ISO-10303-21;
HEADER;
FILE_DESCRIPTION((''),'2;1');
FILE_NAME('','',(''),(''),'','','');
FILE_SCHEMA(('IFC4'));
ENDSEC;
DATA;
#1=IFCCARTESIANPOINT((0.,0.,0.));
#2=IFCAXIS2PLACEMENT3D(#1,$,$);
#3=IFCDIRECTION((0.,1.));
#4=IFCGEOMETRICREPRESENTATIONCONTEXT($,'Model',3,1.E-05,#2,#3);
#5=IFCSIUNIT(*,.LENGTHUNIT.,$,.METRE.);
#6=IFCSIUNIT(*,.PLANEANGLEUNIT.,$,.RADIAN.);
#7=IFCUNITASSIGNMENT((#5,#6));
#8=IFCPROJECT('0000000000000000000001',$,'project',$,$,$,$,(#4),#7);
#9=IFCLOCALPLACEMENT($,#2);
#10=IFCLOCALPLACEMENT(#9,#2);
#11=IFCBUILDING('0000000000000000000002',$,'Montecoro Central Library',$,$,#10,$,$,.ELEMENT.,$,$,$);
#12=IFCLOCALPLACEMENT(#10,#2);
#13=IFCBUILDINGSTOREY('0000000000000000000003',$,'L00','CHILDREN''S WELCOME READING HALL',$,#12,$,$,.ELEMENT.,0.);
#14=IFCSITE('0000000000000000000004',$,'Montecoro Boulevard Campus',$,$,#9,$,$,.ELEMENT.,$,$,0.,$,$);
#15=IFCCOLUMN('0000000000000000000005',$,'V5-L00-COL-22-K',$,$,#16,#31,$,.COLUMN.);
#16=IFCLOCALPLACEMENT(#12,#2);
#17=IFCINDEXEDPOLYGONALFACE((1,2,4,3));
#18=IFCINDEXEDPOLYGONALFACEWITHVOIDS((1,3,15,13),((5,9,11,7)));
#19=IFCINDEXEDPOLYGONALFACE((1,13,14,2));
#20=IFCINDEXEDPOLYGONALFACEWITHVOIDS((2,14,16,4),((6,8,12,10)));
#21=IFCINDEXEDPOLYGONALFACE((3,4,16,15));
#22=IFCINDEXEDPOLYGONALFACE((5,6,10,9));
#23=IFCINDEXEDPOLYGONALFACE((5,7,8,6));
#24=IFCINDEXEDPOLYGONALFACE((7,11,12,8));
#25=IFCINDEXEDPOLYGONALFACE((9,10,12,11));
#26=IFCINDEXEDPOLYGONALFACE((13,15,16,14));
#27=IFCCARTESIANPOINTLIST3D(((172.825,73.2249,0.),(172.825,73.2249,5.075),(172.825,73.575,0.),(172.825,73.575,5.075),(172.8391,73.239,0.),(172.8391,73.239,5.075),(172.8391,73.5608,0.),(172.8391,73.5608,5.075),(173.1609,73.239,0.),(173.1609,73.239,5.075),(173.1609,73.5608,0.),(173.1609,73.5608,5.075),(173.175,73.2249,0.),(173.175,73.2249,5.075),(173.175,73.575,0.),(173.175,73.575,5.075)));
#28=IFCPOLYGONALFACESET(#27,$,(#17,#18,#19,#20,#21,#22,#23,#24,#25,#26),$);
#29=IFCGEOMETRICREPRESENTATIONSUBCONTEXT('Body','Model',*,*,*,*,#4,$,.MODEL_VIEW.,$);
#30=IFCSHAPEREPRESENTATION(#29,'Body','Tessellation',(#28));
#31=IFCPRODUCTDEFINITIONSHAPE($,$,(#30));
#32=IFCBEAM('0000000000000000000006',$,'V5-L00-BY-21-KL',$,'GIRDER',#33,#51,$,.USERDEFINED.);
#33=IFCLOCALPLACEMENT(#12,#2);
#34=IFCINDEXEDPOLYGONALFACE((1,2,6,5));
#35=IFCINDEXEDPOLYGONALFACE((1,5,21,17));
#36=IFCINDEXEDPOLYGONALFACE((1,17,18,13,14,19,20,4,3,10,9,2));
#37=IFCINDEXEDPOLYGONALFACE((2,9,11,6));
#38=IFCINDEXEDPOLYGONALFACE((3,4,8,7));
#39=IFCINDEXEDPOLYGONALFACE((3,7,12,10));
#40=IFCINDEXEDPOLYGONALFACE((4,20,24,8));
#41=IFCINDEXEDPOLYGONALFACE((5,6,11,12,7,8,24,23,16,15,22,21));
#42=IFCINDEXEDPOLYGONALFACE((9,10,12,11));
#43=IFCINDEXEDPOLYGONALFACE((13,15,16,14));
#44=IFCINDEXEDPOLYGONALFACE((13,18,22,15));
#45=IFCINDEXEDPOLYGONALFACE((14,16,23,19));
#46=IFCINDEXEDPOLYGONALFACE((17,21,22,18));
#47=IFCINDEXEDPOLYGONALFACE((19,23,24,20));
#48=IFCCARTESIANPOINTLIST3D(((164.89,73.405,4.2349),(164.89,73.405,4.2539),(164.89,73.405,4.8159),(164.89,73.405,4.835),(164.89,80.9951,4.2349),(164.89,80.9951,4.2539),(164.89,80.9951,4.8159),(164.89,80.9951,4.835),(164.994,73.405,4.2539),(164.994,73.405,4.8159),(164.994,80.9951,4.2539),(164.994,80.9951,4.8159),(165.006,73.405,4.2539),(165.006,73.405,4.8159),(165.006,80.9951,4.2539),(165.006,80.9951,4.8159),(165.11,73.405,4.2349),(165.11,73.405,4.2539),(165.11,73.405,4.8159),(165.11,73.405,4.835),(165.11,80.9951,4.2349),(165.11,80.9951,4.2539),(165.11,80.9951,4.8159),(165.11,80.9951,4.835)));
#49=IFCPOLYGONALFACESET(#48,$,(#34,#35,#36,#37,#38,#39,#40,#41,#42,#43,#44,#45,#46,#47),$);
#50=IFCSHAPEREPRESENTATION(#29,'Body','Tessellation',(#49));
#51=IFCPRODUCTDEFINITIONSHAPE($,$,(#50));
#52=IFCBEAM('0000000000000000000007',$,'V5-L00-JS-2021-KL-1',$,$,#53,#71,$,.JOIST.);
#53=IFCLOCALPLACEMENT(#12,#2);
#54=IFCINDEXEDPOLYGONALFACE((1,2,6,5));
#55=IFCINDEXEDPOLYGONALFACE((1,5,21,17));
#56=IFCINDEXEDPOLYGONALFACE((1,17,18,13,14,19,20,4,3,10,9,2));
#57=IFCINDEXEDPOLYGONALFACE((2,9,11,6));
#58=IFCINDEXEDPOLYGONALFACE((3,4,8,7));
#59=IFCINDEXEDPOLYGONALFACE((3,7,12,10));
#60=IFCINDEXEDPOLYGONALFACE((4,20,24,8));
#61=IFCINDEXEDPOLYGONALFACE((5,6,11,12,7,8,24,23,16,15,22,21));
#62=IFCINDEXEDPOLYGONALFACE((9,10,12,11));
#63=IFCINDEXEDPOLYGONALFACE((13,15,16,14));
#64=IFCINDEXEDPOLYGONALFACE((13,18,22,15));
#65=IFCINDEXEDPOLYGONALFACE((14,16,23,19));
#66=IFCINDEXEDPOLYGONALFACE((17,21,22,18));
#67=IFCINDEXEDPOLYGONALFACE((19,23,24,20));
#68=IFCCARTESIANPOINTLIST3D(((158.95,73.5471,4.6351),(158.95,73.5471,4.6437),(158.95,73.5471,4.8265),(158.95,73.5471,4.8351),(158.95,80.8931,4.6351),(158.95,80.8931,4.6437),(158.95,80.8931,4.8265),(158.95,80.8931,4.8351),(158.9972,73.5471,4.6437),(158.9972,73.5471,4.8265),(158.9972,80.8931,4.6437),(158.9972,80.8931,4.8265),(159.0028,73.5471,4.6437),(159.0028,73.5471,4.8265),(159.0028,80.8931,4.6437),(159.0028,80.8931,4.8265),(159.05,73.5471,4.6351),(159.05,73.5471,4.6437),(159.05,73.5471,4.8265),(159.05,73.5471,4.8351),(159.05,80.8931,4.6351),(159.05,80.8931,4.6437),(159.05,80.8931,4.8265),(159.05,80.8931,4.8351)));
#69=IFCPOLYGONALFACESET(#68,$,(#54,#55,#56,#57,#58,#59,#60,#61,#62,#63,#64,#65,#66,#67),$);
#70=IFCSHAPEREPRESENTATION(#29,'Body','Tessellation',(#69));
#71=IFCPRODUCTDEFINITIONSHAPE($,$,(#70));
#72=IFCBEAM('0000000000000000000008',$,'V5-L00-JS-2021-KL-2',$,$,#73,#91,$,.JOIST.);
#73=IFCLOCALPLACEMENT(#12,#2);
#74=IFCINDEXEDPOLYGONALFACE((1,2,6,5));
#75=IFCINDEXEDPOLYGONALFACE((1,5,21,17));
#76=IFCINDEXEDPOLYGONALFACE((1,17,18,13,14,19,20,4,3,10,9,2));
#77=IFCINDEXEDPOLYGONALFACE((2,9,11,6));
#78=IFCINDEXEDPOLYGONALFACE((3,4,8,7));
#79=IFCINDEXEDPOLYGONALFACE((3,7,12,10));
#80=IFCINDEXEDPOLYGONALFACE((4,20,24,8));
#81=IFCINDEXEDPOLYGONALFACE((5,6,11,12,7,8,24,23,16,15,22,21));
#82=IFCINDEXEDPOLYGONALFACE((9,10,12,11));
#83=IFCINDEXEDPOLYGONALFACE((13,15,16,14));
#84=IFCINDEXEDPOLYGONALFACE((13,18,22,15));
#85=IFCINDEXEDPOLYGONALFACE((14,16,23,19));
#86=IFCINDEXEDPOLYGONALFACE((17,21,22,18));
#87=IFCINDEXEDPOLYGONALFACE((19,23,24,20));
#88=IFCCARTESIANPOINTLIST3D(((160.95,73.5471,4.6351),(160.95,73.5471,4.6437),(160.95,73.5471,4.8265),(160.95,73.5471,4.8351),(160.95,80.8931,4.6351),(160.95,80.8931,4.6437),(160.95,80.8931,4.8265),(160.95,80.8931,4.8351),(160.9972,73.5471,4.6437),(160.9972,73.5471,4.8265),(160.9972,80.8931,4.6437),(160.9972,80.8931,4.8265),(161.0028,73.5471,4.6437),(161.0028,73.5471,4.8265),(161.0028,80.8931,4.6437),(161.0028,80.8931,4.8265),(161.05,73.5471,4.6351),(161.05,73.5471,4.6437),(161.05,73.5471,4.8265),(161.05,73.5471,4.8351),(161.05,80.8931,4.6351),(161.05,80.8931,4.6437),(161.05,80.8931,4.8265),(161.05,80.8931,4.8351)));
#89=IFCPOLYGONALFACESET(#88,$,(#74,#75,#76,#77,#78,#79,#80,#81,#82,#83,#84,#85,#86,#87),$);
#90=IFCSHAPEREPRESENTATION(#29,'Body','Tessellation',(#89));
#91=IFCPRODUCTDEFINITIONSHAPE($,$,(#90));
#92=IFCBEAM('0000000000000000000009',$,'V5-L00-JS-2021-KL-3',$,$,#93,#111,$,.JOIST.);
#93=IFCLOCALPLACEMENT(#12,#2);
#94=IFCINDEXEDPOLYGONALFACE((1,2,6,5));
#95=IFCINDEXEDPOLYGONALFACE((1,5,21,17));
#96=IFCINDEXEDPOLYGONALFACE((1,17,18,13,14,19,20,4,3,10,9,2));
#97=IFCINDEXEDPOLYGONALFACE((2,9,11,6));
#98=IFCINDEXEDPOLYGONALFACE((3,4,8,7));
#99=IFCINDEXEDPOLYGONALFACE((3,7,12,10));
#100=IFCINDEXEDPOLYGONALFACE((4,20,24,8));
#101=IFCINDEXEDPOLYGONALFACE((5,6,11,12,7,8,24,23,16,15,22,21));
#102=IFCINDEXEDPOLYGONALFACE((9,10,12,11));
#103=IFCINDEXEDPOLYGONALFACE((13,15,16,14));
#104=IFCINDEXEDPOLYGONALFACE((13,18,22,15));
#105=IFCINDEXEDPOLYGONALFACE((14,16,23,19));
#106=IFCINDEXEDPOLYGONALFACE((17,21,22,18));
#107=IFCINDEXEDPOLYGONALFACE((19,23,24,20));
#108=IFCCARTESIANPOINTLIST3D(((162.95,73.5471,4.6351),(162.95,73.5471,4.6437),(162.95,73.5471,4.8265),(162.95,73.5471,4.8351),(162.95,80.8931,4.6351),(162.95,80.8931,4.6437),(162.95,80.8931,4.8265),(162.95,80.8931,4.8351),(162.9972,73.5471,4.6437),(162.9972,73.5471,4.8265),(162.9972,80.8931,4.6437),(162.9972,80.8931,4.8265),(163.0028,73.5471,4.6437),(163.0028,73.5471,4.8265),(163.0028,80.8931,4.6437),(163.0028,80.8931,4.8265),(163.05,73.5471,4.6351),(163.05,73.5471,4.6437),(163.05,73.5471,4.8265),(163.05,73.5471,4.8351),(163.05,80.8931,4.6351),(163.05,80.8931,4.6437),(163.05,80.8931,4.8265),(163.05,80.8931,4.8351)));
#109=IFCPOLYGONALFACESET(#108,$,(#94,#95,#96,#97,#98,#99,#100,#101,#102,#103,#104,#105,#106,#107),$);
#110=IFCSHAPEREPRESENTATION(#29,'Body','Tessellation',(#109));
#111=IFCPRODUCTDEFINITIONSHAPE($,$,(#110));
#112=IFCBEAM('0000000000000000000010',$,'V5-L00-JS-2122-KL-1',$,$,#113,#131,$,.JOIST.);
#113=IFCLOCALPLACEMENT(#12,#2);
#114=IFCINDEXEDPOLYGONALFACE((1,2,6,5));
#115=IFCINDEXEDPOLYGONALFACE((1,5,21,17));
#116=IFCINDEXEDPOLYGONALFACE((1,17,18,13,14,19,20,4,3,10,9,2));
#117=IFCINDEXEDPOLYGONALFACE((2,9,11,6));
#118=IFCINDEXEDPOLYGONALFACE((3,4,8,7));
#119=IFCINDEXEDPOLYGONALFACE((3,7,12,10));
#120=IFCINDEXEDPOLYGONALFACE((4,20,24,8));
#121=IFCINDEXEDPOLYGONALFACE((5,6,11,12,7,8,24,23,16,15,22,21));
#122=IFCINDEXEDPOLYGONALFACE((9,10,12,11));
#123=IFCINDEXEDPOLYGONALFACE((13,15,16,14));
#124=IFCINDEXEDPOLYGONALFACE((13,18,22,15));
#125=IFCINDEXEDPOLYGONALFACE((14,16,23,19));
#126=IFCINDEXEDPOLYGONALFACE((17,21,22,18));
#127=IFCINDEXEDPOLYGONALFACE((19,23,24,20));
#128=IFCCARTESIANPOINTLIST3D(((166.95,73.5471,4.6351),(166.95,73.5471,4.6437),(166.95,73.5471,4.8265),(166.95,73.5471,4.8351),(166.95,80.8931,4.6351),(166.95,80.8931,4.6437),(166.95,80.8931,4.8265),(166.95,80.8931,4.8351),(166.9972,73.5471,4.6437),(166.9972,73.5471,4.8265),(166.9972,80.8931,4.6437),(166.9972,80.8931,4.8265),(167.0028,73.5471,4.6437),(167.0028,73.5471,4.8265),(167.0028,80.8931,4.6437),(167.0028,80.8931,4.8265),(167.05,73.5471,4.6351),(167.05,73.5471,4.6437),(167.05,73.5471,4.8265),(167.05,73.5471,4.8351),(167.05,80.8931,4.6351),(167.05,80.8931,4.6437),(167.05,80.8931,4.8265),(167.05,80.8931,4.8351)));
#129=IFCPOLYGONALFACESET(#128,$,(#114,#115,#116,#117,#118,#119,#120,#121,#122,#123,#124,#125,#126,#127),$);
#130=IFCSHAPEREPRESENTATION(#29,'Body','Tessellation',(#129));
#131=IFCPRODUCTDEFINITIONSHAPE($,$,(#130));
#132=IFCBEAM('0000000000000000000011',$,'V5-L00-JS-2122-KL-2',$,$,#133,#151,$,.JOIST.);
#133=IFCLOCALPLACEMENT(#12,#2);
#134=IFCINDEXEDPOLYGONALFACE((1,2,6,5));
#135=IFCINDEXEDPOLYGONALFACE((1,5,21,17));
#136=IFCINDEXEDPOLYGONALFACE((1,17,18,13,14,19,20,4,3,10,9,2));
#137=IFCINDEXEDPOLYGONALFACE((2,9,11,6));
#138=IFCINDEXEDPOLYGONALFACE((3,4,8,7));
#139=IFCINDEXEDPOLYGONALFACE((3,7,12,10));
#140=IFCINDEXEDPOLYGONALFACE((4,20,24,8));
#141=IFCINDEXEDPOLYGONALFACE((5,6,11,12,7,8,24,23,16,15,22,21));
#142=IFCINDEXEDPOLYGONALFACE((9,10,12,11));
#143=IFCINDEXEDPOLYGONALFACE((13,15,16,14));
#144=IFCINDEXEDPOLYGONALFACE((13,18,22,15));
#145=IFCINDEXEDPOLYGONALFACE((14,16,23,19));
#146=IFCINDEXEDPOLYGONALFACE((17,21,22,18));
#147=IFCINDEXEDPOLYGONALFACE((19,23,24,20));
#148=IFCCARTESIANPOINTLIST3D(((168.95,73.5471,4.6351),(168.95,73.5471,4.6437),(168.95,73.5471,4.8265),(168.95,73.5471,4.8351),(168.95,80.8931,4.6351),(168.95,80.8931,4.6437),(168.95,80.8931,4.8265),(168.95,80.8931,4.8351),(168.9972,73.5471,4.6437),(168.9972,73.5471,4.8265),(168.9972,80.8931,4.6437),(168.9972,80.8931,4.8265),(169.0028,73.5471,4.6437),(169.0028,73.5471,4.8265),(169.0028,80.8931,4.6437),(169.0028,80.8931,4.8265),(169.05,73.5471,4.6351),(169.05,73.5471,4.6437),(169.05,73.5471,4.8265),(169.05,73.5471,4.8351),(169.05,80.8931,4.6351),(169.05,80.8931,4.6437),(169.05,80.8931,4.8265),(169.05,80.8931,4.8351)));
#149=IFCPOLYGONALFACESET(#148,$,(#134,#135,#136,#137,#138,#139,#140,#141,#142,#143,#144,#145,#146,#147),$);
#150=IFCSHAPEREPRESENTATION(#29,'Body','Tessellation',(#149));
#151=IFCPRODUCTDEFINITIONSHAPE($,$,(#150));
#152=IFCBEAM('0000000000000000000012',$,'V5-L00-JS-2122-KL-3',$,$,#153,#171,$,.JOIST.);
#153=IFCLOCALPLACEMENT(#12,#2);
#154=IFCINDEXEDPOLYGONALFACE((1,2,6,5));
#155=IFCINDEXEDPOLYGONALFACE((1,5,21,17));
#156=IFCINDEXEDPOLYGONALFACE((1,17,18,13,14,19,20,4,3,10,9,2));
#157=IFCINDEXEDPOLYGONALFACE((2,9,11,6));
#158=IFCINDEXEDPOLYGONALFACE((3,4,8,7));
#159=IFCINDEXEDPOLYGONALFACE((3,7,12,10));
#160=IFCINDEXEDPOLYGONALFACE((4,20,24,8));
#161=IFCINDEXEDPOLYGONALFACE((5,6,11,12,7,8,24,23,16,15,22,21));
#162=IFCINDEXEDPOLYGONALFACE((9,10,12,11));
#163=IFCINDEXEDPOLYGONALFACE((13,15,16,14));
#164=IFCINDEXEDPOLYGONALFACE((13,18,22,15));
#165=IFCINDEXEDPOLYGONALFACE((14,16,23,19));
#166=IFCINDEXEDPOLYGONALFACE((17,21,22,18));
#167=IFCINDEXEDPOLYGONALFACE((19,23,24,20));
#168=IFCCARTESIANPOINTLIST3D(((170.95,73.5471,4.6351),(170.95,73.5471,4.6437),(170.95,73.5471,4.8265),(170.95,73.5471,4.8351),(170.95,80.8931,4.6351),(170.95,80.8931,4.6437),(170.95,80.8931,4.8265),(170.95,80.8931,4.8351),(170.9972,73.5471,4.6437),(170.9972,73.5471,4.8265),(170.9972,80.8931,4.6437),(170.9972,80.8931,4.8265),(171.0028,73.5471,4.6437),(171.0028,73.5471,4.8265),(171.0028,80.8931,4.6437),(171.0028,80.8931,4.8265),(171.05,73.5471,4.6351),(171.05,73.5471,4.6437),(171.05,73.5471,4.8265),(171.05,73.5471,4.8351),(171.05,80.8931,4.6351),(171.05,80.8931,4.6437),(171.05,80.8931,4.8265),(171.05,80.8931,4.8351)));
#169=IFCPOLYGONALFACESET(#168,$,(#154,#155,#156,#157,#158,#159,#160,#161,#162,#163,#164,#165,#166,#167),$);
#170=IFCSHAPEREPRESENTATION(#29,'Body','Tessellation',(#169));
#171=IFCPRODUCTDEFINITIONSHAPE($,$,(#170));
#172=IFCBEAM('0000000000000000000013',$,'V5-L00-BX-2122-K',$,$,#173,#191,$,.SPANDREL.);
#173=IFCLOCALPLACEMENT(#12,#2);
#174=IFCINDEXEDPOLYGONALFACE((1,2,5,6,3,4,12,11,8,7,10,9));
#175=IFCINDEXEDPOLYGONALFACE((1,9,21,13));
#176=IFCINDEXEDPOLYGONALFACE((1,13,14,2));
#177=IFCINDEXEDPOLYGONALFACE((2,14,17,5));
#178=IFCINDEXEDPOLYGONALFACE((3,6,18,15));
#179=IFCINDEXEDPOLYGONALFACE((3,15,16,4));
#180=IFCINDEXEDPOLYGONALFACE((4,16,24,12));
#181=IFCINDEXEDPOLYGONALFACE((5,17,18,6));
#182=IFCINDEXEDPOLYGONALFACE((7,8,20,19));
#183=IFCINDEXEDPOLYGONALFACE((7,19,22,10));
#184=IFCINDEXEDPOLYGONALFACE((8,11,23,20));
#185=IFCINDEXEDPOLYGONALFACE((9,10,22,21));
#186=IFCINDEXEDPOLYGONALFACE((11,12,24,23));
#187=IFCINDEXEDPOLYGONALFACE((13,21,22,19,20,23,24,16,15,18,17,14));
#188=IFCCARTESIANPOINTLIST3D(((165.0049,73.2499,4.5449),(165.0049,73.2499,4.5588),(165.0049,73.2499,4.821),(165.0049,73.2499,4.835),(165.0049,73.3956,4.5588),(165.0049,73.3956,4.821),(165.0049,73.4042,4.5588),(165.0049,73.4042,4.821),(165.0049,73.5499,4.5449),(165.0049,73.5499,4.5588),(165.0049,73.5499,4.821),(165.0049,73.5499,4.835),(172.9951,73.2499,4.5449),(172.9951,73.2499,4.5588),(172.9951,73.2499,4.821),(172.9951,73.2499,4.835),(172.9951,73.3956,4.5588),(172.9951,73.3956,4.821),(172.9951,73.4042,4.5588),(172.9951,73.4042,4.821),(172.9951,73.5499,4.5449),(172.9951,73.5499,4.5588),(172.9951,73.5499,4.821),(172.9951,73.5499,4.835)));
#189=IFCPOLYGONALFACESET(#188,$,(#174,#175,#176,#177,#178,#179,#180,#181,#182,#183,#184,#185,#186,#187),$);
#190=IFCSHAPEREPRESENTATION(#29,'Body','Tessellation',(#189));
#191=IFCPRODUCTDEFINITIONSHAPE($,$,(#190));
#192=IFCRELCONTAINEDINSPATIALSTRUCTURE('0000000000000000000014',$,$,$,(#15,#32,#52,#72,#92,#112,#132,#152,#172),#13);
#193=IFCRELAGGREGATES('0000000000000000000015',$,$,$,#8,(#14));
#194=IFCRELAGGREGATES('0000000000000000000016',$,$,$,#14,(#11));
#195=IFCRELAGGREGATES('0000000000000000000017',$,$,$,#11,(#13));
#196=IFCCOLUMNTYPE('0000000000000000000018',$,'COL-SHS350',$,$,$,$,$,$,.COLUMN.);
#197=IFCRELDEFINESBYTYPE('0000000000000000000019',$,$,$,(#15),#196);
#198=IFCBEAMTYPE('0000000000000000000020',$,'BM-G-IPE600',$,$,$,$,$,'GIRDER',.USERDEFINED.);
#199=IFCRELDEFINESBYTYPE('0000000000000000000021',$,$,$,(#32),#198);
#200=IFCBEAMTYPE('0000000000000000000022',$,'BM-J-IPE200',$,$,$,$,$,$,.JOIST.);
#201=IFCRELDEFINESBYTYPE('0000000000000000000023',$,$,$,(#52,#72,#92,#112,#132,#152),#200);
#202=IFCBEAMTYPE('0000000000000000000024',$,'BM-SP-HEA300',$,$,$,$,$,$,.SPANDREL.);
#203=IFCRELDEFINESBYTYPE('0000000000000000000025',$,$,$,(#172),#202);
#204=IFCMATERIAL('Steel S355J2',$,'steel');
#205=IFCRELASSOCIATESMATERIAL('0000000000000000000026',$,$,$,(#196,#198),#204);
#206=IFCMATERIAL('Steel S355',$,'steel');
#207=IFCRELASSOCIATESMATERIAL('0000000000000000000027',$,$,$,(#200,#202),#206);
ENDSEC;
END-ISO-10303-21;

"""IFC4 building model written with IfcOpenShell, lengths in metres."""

from ifc_helpers import new_model, si_unit, direction, frame, origin, origin_2d, place, context, subcontext, project, spatial, hollow_rectangle, i_section, extrude, material, material_profile, profile_set, type_object, element, save


model = new_model("IFC4")

# Units and contexts
model_context = context("Model", 3, precision=1e-05, world=origin(), true_north=direction((0.0, 1.0)))
body_context = subcontext(model_context, "Body", "Model", "MODEL_VIEW")
ifc_project = project(units=[si_unit("LENGTHUNIT", "METRE"), si_unit("PLANEANGLEUNIT", "RADIAN")], contexts=[model_context])

# Site, building, storey
site_placement = place(None, origin())
site = spatial("IfcSite", under=ifc_project, at=site_placement, Name="Montecoro Boulevard Campus", CompositionType="ELEMENT", RefElevation=0.0)
building_placement = place(site_placement, origin())
building = spatial("IfcBuilding", under=site, at=building_placement, Name="Montecoro Central Library", CompositionType="ELEMENT")
storey_placement = place(building_placement, origin())
storey = spatial("IfcBuildingStorey", under=building, at=storey_placement, Name="L00", Description="CHILDREN'S WELCOME READING HALL", CompositionType="ELEMENT", Elevation=0.0)

# Column
ifc_material_1 = material(Name="Steel S355", Category="steel")
ifc_material_2 = material(Name="Steel S355J2", Category="steel")
ifc_material_profile_1 = material_profile(ifc_material_2, hollow_rectangle(XDim=0.3501, YDim=0.3501, WallThickness=0.0142, at=origin_2d()), Name="SHS 350x350x14.2")
ifc_profile_set_1 = profile_set([ifc_material_profile_1], Name="Steel S355J2")
column_type_1 = type_object("IfcColumnType", Name="COL-SHS350", PredefinedType="COLUMN", material=ifc_profile_set_1)
for number, where, z_axis, x_axis, name in (
    (1, (173.0, 73.3999, 0.0), (0.0, 0.0, 1.0), (1.0, 0.0, 0.0), "V5-L00-COL-22-K"),
):
    element("IfcColumn", number, at=place(storey_placement, frame(where, z_axis=z_axis, x_axis=x_axis)), inside=storey, type_object=column_type_1, Name=name, PredefinedType="COLUMN", context=body_context, shape_type="SweptSolid", body=[
        extrude(hollow_rectangle(XDim=0.3501, YDim=0.3501, WallThickness=0.0142, at=origin_2d()), origin(), (0.0, 0.0, 1.0), 5.075),
    ])

# Beams
ifc_material_profile_2 = material_profile(ifc_material_2, i_section(OverallWidth=0.22, OverallDepth=0.6001, WebThickness=0.012, FlangeThickness=0.019, at=origin_2d()), Name="IPE 600")
ifc_profile_set_2 = profile_set([ifc_material_profile_2], Name="Steel S355J2")
beam_type_1 = type_object("IfcBeamType", Name="BM-G-IPE600", ElementType="GIRDER", PredefinedType="USERDEFINED", material=ifc_profile_set_2)
beam_1_placement = place(storey_placement, frame((165.0, 73.405, 4.5349), z_axis=(0.0, 1.0, 0.0), x_axis=(-1.0, 0.0, 0.0)))
element("IfcBeam", 2, at=beam_1_placement, inside=storey, type_object=beam_type_1, Name="V5-L00-BY-21-KL", ObjectType="GIRDER", PredefinedType="USERDEFINED", context=body_context, shape_type="SweptSolid", body=[
    extrude(i_section(OverallWidth=0.22, OverallDepth=0.6001, WebThickness=0.012, FlangeThickness=0.019, at=origin_2d()), origin(), (0.0, 0.0, 1.0), 7.5901),
])
ifc_material_profile_3 = material_profile(ifc_material_1, i_section(OverallWidth=0.1001, OverallDepth=0.2, WebThickness=0.0056, FlangeThickness=0.0085, at=origin_2d()), Name="IPE 200")
ifc_profile_set_3 = profile_set([ifc_material_profile_3], Name="Steel S355")
beam_type_2 = type_object("IfcBeamType", Name="BM-J-IPE200", PredefinedType="JOIST", material=ifc_profile_set_3)
for number, where, z_axis, x_axis, name in (
    (3, (159.0, 73.5471, 4.7351), (0.0, 1.0, 0.0), (-1.0, 0.0, 0.0), "V5-L00-JS-2021-KL-1"),
    (4, (161.0, 73.5471, 4.7351), (0.0, 1.0, 0.0), (-1.0, 0.0, 0.0), "V5-L00-JS-2021-KL-2"),
    (5, (163.0, 73.5471, 4.7351), (0.0, 1.0, 0.0), (-1.0, 0.0, 0.0), "V5-L00-JS-2021-KL-3"),
    (6, (167.0, 73.5471, 4.7351), (0.0, 1.0, 0.0), (-1.0, 0.0, 0.0), "V5-L00-JS-2122-KL-1"),
    (7, (169.0, 73.5471, 4.7351), (0.0, 1.0, 0.0), (-1.0, 0.0, 0.0), "V5-L00-JS-2122-KL-2"),
    (8, (171.0, 73.5471, 4.7351), (0.0, 1.0, 0.0), (-1.0, 0.0, 0.0), "V5-L00-JS-2122-KL-3"),
):
    element("IfcBeam", number, at=place(storey_placement, frame(where, z_axis=z_axis, x_axis=x_axis)), inside=storey, type_object=beam_type_2, Name=name, PredefinedType="JOIST", context=body_context, shape_type="SweptSolid", body=[
        extrude(i_section(OverallWidth=0.1001, OverallDepth=0.2, WebThickness=0.0056, FlangeThickness=0.0085, at=origin_2d()), origin(), (0.0, 0.0, 1.0), 7.3459),
    ])
ifc_material_profile_4 = material_profile(ifc_material_1, i_section(OverallWidth=0.3, OverallDepth=0.29, WebThickness=0.0085, FlangeThickness=0.0139, at=origin_2d()), Name="HEA 300")
ifc_profile_set_4 = profile_set([ifc_material_profile_4], Name="Steel S355")
beam_type_3 = type_object("IfcBeamType", Name="BM-SP-HEA300", PredefinedType="SPANDREL", material=ifc_profile_set_4)
beam_2_placement = place(storey_placement, frame((165.0049, 73.3999, 4.6899), z_axis=(1.0, 0.0, 0.0), x_axis=(0.0, 1.0, 0.0)))
element("IfcBeam", 9, at=beam_2_placement, inside=storey, type_object=beam_type_3, Name="V5-L00-BX-2122-K", PredefinedType="SPANDREL", context=body_context, shape_type="SweptSolid", body=[
    extrude(i_section(OverallWidth=0.3, OverallDepth=0.29, WebThickness=0.0085, FlangeThickness=0.0139, at=origin_2d()), origin(), (0.0, 0.0, 1.0), 7.9902),
])

save(model, "model.ifc")
